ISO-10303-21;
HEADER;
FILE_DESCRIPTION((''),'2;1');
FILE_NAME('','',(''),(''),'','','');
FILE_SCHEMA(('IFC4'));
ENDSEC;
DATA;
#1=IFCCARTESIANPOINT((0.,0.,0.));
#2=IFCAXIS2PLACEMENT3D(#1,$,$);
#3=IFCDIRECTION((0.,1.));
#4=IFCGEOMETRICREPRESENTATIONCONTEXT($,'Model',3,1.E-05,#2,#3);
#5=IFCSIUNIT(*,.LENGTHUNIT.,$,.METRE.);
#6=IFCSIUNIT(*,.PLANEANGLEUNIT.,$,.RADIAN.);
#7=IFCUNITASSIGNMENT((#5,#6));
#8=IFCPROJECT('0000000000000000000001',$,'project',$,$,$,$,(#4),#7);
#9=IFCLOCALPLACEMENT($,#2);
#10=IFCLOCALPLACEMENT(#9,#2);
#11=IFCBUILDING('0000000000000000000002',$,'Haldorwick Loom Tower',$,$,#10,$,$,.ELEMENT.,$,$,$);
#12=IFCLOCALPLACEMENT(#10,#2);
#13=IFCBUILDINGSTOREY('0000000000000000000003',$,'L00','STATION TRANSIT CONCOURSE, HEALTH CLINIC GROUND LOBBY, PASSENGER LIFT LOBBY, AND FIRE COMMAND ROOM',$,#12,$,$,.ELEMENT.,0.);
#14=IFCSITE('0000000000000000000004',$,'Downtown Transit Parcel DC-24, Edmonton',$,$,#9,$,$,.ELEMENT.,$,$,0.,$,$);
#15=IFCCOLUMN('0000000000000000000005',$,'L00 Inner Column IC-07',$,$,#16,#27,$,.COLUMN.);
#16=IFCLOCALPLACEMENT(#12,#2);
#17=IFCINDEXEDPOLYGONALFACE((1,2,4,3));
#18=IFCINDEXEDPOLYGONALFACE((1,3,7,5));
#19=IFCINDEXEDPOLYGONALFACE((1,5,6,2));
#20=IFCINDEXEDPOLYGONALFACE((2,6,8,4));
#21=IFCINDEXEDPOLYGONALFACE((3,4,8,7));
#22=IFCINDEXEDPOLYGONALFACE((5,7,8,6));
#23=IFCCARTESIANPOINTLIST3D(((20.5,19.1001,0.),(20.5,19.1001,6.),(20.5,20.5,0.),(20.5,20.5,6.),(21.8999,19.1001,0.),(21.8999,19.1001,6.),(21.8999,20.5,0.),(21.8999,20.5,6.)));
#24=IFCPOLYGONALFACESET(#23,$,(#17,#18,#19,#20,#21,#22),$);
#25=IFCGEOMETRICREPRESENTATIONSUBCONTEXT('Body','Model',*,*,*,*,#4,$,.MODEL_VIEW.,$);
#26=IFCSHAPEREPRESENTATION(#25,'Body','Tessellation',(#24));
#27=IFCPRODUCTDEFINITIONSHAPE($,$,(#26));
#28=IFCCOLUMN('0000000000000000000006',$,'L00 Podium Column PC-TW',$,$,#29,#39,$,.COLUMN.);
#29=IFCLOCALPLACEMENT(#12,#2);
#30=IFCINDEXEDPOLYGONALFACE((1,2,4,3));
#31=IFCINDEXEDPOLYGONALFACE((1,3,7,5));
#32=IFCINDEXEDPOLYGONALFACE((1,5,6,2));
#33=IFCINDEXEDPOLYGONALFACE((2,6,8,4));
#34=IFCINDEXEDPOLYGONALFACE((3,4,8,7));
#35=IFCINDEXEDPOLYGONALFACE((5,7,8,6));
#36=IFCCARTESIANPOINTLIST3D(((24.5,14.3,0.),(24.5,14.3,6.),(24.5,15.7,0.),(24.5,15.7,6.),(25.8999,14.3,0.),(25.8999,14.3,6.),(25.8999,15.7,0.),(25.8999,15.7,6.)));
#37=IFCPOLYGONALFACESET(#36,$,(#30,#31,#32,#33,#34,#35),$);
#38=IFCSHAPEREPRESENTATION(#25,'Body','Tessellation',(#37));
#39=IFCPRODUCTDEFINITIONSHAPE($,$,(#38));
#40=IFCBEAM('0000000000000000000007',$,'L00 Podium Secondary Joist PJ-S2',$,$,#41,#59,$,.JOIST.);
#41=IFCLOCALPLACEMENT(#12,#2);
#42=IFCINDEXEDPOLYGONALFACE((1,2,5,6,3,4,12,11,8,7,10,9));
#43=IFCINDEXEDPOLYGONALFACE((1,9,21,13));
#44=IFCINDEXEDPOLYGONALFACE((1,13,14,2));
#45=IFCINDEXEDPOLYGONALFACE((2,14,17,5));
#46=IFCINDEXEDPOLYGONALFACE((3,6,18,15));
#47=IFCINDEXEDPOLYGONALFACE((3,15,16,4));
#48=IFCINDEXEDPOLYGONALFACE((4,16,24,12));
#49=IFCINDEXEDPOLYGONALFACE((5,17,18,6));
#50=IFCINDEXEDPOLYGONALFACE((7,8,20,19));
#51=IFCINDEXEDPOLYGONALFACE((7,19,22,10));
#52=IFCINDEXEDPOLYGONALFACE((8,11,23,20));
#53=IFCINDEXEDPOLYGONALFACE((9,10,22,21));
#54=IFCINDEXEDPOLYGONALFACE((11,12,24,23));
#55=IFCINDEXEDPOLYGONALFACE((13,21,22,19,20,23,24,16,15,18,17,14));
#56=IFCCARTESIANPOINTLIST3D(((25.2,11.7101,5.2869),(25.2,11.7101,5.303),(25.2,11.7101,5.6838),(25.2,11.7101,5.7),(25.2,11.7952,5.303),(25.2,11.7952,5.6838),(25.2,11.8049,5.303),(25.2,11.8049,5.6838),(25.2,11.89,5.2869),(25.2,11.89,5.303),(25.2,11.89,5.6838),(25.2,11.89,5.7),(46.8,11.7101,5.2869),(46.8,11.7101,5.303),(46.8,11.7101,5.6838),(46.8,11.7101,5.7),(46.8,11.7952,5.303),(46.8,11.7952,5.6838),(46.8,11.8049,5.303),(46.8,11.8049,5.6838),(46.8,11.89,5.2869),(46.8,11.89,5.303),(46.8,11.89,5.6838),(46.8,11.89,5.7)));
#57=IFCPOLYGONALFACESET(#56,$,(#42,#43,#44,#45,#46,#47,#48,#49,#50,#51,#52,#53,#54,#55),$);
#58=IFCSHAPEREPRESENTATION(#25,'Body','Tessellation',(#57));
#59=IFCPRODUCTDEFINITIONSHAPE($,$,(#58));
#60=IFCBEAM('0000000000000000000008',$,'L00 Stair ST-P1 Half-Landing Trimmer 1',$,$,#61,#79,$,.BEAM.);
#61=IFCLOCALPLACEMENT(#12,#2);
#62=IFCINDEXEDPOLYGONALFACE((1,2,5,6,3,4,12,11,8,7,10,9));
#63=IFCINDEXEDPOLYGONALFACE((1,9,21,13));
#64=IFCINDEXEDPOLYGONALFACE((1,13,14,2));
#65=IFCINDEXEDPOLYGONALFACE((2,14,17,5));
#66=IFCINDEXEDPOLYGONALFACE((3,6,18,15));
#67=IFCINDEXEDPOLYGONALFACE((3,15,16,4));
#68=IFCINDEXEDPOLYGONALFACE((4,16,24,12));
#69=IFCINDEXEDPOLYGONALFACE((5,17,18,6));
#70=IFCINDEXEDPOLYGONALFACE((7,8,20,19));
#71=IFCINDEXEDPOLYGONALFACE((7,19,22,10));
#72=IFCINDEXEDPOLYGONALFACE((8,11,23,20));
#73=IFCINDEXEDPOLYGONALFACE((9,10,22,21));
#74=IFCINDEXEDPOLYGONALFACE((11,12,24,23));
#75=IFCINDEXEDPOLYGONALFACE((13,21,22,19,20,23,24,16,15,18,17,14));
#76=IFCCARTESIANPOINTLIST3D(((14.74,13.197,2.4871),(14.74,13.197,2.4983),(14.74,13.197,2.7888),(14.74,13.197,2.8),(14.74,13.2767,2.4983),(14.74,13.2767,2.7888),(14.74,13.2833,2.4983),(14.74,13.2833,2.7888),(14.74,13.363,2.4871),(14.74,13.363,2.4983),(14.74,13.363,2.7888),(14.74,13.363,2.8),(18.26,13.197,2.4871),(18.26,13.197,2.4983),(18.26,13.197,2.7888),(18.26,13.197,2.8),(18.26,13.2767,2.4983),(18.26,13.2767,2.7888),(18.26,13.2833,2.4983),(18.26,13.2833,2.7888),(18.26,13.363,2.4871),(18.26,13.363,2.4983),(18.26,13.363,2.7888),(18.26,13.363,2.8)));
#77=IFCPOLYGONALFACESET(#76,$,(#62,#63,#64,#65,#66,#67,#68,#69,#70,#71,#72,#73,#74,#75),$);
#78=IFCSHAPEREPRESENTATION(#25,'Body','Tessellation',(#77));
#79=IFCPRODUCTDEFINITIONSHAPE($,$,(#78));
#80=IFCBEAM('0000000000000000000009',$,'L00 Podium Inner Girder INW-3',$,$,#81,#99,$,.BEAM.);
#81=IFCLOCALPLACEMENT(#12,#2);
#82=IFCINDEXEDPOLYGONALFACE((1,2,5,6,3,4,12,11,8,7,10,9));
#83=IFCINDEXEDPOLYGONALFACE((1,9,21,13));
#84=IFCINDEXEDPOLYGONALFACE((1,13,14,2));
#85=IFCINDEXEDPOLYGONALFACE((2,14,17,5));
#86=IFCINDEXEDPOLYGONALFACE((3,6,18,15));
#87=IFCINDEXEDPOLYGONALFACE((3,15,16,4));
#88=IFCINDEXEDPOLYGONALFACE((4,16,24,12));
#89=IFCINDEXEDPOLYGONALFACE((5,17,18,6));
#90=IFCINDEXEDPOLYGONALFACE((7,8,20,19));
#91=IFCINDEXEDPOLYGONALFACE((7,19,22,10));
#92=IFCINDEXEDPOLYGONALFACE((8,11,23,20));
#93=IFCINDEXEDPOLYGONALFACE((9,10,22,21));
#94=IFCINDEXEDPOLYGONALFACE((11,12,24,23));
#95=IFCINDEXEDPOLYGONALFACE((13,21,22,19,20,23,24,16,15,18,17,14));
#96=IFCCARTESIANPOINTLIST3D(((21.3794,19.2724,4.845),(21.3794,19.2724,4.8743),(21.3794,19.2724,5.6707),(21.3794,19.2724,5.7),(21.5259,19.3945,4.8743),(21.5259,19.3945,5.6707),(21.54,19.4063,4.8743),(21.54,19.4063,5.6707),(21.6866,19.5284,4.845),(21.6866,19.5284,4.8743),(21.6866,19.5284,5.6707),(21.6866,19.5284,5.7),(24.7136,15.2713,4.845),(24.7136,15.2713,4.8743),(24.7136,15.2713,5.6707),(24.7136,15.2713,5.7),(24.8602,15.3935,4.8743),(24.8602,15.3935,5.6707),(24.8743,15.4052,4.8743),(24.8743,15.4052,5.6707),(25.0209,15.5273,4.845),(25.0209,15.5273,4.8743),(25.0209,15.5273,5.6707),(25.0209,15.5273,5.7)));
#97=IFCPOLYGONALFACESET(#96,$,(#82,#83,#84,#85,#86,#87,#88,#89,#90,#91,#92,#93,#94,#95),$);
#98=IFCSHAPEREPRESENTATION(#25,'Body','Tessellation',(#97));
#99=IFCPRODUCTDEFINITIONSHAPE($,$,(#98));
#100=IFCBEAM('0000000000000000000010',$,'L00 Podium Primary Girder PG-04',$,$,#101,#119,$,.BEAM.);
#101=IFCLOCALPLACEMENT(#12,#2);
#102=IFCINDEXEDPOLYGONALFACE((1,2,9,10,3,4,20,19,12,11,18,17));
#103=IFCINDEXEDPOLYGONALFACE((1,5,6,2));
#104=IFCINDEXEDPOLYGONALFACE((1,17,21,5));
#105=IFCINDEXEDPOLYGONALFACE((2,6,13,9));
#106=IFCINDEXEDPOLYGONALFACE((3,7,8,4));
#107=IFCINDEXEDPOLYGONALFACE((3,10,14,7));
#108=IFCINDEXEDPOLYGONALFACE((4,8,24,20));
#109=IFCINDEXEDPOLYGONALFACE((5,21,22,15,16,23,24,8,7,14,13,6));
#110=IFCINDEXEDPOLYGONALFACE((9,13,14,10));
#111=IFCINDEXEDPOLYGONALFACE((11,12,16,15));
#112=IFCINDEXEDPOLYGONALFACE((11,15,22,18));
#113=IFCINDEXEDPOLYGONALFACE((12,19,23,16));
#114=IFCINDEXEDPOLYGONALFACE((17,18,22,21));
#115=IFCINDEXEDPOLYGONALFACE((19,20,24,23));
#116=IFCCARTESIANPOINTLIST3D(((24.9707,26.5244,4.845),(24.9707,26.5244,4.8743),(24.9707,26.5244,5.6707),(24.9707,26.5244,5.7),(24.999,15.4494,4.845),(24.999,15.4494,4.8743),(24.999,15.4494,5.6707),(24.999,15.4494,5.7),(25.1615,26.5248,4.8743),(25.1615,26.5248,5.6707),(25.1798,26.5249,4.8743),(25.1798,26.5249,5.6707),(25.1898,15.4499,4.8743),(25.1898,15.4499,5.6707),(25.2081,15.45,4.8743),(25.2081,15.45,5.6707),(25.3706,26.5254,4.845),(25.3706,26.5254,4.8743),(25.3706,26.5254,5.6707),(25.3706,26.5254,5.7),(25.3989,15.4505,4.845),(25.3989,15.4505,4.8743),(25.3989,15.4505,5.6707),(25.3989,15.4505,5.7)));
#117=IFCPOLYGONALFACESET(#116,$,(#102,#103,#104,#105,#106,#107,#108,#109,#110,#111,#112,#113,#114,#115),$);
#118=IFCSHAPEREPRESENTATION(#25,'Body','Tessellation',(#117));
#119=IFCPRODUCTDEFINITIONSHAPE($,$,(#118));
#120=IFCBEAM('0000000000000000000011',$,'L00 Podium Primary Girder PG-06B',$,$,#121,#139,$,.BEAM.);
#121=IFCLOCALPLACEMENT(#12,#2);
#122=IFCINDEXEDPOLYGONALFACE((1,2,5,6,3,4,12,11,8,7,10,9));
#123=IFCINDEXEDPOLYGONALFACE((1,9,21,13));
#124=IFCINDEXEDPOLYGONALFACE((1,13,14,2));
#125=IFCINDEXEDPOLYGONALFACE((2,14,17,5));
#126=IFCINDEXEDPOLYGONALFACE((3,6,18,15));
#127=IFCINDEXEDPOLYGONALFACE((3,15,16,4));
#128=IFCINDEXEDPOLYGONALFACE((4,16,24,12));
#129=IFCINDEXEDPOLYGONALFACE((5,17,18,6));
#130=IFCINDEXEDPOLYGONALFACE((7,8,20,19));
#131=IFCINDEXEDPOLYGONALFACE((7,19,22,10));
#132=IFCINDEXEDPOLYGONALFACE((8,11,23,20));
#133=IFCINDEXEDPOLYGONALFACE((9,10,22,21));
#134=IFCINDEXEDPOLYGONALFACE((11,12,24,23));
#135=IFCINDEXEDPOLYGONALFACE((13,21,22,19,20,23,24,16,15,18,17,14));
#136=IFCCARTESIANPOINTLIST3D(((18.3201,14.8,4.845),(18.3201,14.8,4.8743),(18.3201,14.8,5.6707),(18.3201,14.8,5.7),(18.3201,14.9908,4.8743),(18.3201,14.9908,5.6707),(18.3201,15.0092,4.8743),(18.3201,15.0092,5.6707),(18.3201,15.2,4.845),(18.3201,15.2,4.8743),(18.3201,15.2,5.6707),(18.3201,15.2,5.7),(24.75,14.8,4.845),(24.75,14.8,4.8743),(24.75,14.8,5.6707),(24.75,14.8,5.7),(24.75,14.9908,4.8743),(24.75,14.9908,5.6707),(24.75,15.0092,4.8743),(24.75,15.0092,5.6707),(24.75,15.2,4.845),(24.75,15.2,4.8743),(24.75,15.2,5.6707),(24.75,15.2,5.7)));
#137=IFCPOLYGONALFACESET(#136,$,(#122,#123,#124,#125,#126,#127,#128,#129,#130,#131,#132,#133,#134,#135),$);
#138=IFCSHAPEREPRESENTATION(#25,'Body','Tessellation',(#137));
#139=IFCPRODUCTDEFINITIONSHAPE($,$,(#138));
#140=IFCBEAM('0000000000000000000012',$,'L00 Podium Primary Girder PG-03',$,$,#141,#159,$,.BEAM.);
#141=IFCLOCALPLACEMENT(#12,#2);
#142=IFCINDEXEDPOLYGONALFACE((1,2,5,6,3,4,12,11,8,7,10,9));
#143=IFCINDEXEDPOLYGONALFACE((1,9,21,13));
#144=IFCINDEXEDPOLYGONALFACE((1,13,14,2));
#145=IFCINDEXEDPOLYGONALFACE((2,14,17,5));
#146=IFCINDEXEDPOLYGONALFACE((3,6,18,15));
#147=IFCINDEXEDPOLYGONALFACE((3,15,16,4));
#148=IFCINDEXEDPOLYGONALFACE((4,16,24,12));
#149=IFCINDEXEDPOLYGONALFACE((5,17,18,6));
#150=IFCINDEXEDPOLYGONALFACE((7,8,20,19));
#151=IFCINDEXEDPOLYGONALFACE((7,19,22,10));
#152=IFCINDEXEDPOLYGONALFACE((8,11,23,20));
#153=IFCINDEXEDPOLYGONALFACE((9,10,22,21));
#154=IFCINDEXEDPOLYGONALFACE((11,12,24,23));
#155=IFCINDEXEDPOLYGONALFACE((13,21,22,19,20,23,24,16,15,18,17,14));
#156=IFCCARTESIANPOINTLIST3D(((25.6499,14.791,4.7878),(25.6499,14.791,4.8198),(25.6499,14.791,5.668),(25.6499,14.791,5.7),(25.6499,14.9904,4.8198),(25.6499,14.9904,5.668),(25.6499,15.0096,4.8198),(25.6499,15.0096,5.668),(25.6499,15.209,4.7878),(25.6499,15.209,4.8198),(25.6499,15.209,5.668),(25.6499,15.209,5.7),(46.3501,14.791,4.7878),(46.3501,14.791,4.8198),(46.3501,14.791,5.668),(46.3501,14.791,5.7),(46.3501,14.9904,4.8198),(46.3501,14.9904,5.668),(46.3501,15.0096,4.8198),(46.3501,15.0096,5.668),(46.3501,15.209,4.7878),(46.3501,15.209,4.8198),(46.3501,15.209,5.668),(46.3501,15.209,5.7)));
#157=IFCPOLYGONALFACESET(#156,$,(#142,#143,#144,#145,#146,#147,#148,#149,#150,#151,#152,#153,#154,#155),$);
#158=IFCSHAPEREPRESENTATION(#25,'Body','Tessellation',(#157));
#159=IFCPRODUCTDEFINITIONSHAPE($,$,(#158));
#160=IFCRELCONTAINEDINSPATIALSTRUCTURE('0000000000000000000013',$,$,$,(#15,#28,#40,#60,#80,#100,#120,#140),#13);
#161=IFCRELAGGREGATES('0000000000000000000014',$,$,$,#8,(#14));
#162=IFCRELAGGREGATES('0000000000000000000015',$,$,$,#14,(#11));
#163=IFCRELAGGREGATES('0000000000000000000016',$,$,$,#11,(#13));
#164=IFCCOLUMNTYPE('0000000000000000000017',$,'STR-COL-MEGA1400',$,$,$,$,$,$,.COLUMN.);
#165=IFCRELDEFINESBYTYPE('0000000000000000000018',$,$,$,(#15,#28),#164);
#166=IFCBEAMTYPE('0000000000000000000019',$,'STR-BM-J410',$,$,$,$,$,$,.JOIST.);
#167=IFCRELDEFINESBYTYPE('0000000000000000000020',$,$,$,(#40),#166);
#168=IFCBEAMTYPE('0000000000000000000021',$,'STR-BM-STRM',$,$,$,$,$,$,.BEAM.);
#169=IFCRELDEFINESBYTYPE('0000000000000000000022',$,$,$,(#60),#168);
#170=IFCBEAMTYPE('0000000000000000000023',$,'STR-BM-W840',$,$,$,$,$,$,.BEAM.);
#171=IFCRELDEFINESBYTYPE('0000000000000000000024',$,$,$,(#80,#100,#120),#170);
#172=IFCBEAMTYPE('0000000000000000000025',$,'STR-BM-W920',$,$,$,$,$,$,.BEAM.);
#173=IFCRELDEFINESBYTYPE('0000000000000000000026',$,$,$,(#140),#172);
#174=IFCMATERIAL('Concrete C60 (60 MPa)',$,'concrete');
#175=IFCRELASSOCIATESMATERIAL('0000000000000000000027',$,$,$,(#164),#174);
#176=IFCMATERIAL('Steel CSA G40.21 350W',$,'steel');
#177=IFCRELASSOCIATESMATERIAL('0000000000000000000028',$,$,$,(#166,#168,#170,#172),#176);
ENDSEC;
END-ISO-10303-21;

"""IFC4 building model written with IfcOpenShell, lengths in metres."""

from ifc_helpers import new_model, si_unit, direction, frame, origin, origin_2d, place, context, subcontext, project, spatial, rectangle, i_section, extrude, material, material_profile, profile_set, type_object, element, save


model = new_model("IFC4")

# Units and contexts
model_context = context("Model", 3, precision=1e-05, world=origin(), true_north=direction((0.0, 1.0)))
body_context = subcontext(model_context, "Body", "Model", "MODEL_VIEW")
ifc_project = project(units=[si_unit("LENGTHUNIT", "METRE"), si_unit("PLANEANGLEUNIT", "RADIAN")], contexts=[model_context])

# Site, building, storey
site_placement = place(None, origin())
site = spatial("IfcSite", under=ifc_project, at=site_placement, Name="Downtown Transit Parcel DC-24, Edmonton", CompositionType="ELEMENT", RefElevation=0.0)
building_placement = place(site_placement, origin())
building = spatial("IfcBuilding", under=site, at=building_placement, Name="Haldorwick Loom Tower", CompositionType="ELEMENT")
storey_placement = place(building_placement, origin())
storey = spatial("IfcBuildingStorey", under=building, at=storey_placement, Name="L00", Description="STATION TRANSIT CONCOURSE, HEALTH CLINIC GROUND LOBBY, PASSENGER LIFT LOBBY, AND FIRE COMMAND ROOM", CompositionType="ELEMENT", Elevation=0.0)

# Columns
ifc_material_1 = material(Name="Concrete C60 (60 MPa)", Category="concrete")
ifc_material_profile_1 = material_profile(ifc_material_1, rectangle(XDim=1.3999, YDim=1.3999, at=origin_2d()), Name="RC1400X1400", Category="concrete")
ifc_profile_set_1 = profile_set([ifc_material_profile_1], Name="Concrete C60 (60 MPa)")
column_type = type_object("IfcColumnType", Name="STR-COL-MEGA1400", PredefinedType="COLUMN", material=ifc_profile_set_1)
for number, where, z_axis, x_axis, name in (
    (1, (21.2, 19.8, 0.0), (0.0, 0.0, 1.0), (1.0, 0.0, 0.0), "L00 Inner Column IC-07"),
    (2, (25.2, 15.0, 0.0), (0.0, 0.0, 1.0), (1.0, 0.0, 0.0), "L00 Podium Column PC-TW"),
):
    element("IfcColumn", number, at=place(storey_placement, frame(where, z_axis=z_axis, x_axis=x_axis)), inside=storey, type_object=column_type, Name=name, PredefinedType="COLUMN", context=body_context, shape_type="SweptSolid", body=[
        extrude(rectangle(XDim=1.3999, YDim=1.3999, at=origin_2d()), origin(), (0.0, 0.0, 1.0), 6.0),
    ])

# Beams
ifc_material_2 = material(Name="Steel CSA G40.21 350W", Category="steel")
ifc_material_profile_2 = material_profile(ifc_material_2, i_section(OverallWidth=0.1799, OverallDepth=0.4131, WebThickness=0.0098, FlangeThickness=0.0161, at=origin_2d()), Name="W410X74", Category="steel")
ifc_profile_set_2 = profile_set([ifc_material_profile_2], Name="Steel CSA G40.21 350W")
beam_type_1 = type_object("IfcBeamType", Name="STR-BM-J410", PredefinedType="JOIST", material=ifc_profile_set_2)
beam_1_placement = place(storey_placement, frame((25.2, 11.8, 5.4934), z_axis=(1.0, 0.0, 0.0), x_axis=(0.0, 1.0, 0.0)))
element("IfcBeam", 3, at=beam_1_placement, inside=storey, type_object=beam_type_1, Name="L00 Podium Secondary Joist PJ-S2", PredefinedType="JOIST", context=body_context, shape_type="SweptSolid", body=[
    extrude(i_section(OverallWidth=0.1799, OverallDepth=0.4131, WebThickness=0.0098, FlangeThickness=0.0161, at=origin_2d()), origin(), (0.0, 0.0, 1.0), 21.6001),
])
ifc_material_profile_3 = material_profile(ifc_material_2, i_section(OverallWidth=0.166, OverallDepth=0.313, WebThickness=0.0066, FlangeThickness=0.0112, at=origin_2d()), Name="W310X45", Category="steel")
ifc_profile_set_3 = profile_set([ifc_material_profile_3], Name="Steel CSA G40.21 350W")
beam_type_2 = type_object("IfcBeamType", Name="STR-BM-STRM", PredefinedType="BEAM", material=ifc_profile_set_3)
beam_2_placement = place(storey_placement, frame((14.74, 13.28, 2.6436), z_axis=(1.0, 0.0, 0.0), x_axis=(0.0, 1.0, 0.0)))
element("IfcBeam", 4, at=beam_2_placement, inside=storey, type_object=beam_type_2, Name="L00 Stair ST-P1 Half-Landing Trimmer 1", PredefinedType="BEAM", context=body_context, shape_type="SweptSolid", body=[
    extrude(i_section(OverallWidth=0.166, OverallDepth=0.313, WebThickness=0.0066, FlangeThickness=0.0112, at=origin_2d()), origin(), (0.0, 0.0, 1.0), 3.52),
])
ifc_material_profile_4 = material_profile(ifc_material_2, i_section(OverallWidth=0.3999, OverallDepth=0.855, WebThickness=0.0183, FlangeThickness=0.0293, at=origin_2d()), Name="W840X299", Category="steel")
ifc_profile_set_4 = profile_set([ifc_material_profile_4], Name="Steel CSA G40.21 350W")
beam_type_3 = type_object("IfcBeamType", Name="STR-BM-W840", PredefinedType="BEAM", material=ifc_profile_set_4)
beam_3_placement = place(storey_placement, frame((21.533, 19.4004, 5.2725), z_axis=(0.640194, -0.768214, 0.0), x_axis=(0.768214, 0.640194, 0.0)))
element("IfcBeam", 5, at=beam_3_placement, inside=storey, type_object=beam_type_3, Name="L00 Podium Inner Girder INW-3", PredefinedType="BEAM", context=body_context, shape_type="SweptSolid", body=[
    extrude(i_section(OverallWidth=0.3999, OverallDepth=0.855, WebThickness=0.0183, FlangeThickness=0.0293, at=origin_2d()), origin(), (0.0, 0.0, 1.0), 5.2083),
])
beam_4_placement = place(storey_placement, frame((25.199, 15.45, 5.2725), z_axis=(-0.002557, 0.999997, 0.0), x_axis=(-0.999997, -0.002557, 0.0)))
element("IfcBeam", 6, at=beam_4_placement, inside=storey, type_object=beam_type_3, Name="L00 Podium Primary Girder PG-04", PredefinedType="BEAM", context=body_context, shape_type="SweptSolid", body=[
    extrude(i_section(OverallWidth=0.3999, OverallDepth=0.855, WebThickness=0.0183, FlangeThickness=0.0293, at=origin_2d()), origin(), (0.0, 0.0, 1.0), 11.075),
])
beam_5_placement = place(storey_placement, frame((18.3201, 15.0, 5.2725), z_axis=(1.0, 0.0, 0.0), x_axis=(0.0, 1.0, 0.0)))
element("IfcBeam", 7, at=beam_5_placement, inside=storey, type_object=beam_type_3, Name="L00 Podium Primary Girder PG-06B", PredefinedType="BEAM", context=body_context, shape_type="SweptSolid", body=[
    extrude(i_section(OverallWidth=0.3999, OverallDepth=0.855, WebThickness=0.0183, FlangeThickness=0.0293, at=origin_2d()), origin(), (0.0, 0.0, 1.0), 6.4299),
])
ifc_material_profile_5 = material_profile(ifc_material_2, i_section(OverallWidth=0.418, OverallDepth=0.9121, WebThickness=0.0193, FlangeThickness=0.032, at=origin_2d()), Name="W920X342", Category="steel")
ifc_profile_set_5 = profile_set([ifc_material_profile_5], Name="Steel CSA G40.21 350W")
beam_type_4 = type_object("IfcBeamType", Name="STR-BM-W920", PredefinedType="BEAM", material=ifc_profile_set_5)
beam_6_placement = place(storey_placement, frame((25.6499, 15.0, 5.2439), z_axis=(1.0, 0.0, 0.0), x_axis=(0.0, 1.0, 0.0)))
element("IfcBeam", 8, at=beam_6_placement, inside=storey, type_object=beam_type_4, Name="L00 Podium Primary Girder PG-03", PredefinedType="BEAM", context=body_context, shape_type="SweptSolid", body=[
    extrude(i_section(OverallWidth=0.418, OverallDepth=0.9121, WebThickness=0.0193, FlangeThickness=0.032, at=origin_2d()), origin(), (0.0, 0.0, 1.0), 20.7002),
])

save(model, "model.ifc")
